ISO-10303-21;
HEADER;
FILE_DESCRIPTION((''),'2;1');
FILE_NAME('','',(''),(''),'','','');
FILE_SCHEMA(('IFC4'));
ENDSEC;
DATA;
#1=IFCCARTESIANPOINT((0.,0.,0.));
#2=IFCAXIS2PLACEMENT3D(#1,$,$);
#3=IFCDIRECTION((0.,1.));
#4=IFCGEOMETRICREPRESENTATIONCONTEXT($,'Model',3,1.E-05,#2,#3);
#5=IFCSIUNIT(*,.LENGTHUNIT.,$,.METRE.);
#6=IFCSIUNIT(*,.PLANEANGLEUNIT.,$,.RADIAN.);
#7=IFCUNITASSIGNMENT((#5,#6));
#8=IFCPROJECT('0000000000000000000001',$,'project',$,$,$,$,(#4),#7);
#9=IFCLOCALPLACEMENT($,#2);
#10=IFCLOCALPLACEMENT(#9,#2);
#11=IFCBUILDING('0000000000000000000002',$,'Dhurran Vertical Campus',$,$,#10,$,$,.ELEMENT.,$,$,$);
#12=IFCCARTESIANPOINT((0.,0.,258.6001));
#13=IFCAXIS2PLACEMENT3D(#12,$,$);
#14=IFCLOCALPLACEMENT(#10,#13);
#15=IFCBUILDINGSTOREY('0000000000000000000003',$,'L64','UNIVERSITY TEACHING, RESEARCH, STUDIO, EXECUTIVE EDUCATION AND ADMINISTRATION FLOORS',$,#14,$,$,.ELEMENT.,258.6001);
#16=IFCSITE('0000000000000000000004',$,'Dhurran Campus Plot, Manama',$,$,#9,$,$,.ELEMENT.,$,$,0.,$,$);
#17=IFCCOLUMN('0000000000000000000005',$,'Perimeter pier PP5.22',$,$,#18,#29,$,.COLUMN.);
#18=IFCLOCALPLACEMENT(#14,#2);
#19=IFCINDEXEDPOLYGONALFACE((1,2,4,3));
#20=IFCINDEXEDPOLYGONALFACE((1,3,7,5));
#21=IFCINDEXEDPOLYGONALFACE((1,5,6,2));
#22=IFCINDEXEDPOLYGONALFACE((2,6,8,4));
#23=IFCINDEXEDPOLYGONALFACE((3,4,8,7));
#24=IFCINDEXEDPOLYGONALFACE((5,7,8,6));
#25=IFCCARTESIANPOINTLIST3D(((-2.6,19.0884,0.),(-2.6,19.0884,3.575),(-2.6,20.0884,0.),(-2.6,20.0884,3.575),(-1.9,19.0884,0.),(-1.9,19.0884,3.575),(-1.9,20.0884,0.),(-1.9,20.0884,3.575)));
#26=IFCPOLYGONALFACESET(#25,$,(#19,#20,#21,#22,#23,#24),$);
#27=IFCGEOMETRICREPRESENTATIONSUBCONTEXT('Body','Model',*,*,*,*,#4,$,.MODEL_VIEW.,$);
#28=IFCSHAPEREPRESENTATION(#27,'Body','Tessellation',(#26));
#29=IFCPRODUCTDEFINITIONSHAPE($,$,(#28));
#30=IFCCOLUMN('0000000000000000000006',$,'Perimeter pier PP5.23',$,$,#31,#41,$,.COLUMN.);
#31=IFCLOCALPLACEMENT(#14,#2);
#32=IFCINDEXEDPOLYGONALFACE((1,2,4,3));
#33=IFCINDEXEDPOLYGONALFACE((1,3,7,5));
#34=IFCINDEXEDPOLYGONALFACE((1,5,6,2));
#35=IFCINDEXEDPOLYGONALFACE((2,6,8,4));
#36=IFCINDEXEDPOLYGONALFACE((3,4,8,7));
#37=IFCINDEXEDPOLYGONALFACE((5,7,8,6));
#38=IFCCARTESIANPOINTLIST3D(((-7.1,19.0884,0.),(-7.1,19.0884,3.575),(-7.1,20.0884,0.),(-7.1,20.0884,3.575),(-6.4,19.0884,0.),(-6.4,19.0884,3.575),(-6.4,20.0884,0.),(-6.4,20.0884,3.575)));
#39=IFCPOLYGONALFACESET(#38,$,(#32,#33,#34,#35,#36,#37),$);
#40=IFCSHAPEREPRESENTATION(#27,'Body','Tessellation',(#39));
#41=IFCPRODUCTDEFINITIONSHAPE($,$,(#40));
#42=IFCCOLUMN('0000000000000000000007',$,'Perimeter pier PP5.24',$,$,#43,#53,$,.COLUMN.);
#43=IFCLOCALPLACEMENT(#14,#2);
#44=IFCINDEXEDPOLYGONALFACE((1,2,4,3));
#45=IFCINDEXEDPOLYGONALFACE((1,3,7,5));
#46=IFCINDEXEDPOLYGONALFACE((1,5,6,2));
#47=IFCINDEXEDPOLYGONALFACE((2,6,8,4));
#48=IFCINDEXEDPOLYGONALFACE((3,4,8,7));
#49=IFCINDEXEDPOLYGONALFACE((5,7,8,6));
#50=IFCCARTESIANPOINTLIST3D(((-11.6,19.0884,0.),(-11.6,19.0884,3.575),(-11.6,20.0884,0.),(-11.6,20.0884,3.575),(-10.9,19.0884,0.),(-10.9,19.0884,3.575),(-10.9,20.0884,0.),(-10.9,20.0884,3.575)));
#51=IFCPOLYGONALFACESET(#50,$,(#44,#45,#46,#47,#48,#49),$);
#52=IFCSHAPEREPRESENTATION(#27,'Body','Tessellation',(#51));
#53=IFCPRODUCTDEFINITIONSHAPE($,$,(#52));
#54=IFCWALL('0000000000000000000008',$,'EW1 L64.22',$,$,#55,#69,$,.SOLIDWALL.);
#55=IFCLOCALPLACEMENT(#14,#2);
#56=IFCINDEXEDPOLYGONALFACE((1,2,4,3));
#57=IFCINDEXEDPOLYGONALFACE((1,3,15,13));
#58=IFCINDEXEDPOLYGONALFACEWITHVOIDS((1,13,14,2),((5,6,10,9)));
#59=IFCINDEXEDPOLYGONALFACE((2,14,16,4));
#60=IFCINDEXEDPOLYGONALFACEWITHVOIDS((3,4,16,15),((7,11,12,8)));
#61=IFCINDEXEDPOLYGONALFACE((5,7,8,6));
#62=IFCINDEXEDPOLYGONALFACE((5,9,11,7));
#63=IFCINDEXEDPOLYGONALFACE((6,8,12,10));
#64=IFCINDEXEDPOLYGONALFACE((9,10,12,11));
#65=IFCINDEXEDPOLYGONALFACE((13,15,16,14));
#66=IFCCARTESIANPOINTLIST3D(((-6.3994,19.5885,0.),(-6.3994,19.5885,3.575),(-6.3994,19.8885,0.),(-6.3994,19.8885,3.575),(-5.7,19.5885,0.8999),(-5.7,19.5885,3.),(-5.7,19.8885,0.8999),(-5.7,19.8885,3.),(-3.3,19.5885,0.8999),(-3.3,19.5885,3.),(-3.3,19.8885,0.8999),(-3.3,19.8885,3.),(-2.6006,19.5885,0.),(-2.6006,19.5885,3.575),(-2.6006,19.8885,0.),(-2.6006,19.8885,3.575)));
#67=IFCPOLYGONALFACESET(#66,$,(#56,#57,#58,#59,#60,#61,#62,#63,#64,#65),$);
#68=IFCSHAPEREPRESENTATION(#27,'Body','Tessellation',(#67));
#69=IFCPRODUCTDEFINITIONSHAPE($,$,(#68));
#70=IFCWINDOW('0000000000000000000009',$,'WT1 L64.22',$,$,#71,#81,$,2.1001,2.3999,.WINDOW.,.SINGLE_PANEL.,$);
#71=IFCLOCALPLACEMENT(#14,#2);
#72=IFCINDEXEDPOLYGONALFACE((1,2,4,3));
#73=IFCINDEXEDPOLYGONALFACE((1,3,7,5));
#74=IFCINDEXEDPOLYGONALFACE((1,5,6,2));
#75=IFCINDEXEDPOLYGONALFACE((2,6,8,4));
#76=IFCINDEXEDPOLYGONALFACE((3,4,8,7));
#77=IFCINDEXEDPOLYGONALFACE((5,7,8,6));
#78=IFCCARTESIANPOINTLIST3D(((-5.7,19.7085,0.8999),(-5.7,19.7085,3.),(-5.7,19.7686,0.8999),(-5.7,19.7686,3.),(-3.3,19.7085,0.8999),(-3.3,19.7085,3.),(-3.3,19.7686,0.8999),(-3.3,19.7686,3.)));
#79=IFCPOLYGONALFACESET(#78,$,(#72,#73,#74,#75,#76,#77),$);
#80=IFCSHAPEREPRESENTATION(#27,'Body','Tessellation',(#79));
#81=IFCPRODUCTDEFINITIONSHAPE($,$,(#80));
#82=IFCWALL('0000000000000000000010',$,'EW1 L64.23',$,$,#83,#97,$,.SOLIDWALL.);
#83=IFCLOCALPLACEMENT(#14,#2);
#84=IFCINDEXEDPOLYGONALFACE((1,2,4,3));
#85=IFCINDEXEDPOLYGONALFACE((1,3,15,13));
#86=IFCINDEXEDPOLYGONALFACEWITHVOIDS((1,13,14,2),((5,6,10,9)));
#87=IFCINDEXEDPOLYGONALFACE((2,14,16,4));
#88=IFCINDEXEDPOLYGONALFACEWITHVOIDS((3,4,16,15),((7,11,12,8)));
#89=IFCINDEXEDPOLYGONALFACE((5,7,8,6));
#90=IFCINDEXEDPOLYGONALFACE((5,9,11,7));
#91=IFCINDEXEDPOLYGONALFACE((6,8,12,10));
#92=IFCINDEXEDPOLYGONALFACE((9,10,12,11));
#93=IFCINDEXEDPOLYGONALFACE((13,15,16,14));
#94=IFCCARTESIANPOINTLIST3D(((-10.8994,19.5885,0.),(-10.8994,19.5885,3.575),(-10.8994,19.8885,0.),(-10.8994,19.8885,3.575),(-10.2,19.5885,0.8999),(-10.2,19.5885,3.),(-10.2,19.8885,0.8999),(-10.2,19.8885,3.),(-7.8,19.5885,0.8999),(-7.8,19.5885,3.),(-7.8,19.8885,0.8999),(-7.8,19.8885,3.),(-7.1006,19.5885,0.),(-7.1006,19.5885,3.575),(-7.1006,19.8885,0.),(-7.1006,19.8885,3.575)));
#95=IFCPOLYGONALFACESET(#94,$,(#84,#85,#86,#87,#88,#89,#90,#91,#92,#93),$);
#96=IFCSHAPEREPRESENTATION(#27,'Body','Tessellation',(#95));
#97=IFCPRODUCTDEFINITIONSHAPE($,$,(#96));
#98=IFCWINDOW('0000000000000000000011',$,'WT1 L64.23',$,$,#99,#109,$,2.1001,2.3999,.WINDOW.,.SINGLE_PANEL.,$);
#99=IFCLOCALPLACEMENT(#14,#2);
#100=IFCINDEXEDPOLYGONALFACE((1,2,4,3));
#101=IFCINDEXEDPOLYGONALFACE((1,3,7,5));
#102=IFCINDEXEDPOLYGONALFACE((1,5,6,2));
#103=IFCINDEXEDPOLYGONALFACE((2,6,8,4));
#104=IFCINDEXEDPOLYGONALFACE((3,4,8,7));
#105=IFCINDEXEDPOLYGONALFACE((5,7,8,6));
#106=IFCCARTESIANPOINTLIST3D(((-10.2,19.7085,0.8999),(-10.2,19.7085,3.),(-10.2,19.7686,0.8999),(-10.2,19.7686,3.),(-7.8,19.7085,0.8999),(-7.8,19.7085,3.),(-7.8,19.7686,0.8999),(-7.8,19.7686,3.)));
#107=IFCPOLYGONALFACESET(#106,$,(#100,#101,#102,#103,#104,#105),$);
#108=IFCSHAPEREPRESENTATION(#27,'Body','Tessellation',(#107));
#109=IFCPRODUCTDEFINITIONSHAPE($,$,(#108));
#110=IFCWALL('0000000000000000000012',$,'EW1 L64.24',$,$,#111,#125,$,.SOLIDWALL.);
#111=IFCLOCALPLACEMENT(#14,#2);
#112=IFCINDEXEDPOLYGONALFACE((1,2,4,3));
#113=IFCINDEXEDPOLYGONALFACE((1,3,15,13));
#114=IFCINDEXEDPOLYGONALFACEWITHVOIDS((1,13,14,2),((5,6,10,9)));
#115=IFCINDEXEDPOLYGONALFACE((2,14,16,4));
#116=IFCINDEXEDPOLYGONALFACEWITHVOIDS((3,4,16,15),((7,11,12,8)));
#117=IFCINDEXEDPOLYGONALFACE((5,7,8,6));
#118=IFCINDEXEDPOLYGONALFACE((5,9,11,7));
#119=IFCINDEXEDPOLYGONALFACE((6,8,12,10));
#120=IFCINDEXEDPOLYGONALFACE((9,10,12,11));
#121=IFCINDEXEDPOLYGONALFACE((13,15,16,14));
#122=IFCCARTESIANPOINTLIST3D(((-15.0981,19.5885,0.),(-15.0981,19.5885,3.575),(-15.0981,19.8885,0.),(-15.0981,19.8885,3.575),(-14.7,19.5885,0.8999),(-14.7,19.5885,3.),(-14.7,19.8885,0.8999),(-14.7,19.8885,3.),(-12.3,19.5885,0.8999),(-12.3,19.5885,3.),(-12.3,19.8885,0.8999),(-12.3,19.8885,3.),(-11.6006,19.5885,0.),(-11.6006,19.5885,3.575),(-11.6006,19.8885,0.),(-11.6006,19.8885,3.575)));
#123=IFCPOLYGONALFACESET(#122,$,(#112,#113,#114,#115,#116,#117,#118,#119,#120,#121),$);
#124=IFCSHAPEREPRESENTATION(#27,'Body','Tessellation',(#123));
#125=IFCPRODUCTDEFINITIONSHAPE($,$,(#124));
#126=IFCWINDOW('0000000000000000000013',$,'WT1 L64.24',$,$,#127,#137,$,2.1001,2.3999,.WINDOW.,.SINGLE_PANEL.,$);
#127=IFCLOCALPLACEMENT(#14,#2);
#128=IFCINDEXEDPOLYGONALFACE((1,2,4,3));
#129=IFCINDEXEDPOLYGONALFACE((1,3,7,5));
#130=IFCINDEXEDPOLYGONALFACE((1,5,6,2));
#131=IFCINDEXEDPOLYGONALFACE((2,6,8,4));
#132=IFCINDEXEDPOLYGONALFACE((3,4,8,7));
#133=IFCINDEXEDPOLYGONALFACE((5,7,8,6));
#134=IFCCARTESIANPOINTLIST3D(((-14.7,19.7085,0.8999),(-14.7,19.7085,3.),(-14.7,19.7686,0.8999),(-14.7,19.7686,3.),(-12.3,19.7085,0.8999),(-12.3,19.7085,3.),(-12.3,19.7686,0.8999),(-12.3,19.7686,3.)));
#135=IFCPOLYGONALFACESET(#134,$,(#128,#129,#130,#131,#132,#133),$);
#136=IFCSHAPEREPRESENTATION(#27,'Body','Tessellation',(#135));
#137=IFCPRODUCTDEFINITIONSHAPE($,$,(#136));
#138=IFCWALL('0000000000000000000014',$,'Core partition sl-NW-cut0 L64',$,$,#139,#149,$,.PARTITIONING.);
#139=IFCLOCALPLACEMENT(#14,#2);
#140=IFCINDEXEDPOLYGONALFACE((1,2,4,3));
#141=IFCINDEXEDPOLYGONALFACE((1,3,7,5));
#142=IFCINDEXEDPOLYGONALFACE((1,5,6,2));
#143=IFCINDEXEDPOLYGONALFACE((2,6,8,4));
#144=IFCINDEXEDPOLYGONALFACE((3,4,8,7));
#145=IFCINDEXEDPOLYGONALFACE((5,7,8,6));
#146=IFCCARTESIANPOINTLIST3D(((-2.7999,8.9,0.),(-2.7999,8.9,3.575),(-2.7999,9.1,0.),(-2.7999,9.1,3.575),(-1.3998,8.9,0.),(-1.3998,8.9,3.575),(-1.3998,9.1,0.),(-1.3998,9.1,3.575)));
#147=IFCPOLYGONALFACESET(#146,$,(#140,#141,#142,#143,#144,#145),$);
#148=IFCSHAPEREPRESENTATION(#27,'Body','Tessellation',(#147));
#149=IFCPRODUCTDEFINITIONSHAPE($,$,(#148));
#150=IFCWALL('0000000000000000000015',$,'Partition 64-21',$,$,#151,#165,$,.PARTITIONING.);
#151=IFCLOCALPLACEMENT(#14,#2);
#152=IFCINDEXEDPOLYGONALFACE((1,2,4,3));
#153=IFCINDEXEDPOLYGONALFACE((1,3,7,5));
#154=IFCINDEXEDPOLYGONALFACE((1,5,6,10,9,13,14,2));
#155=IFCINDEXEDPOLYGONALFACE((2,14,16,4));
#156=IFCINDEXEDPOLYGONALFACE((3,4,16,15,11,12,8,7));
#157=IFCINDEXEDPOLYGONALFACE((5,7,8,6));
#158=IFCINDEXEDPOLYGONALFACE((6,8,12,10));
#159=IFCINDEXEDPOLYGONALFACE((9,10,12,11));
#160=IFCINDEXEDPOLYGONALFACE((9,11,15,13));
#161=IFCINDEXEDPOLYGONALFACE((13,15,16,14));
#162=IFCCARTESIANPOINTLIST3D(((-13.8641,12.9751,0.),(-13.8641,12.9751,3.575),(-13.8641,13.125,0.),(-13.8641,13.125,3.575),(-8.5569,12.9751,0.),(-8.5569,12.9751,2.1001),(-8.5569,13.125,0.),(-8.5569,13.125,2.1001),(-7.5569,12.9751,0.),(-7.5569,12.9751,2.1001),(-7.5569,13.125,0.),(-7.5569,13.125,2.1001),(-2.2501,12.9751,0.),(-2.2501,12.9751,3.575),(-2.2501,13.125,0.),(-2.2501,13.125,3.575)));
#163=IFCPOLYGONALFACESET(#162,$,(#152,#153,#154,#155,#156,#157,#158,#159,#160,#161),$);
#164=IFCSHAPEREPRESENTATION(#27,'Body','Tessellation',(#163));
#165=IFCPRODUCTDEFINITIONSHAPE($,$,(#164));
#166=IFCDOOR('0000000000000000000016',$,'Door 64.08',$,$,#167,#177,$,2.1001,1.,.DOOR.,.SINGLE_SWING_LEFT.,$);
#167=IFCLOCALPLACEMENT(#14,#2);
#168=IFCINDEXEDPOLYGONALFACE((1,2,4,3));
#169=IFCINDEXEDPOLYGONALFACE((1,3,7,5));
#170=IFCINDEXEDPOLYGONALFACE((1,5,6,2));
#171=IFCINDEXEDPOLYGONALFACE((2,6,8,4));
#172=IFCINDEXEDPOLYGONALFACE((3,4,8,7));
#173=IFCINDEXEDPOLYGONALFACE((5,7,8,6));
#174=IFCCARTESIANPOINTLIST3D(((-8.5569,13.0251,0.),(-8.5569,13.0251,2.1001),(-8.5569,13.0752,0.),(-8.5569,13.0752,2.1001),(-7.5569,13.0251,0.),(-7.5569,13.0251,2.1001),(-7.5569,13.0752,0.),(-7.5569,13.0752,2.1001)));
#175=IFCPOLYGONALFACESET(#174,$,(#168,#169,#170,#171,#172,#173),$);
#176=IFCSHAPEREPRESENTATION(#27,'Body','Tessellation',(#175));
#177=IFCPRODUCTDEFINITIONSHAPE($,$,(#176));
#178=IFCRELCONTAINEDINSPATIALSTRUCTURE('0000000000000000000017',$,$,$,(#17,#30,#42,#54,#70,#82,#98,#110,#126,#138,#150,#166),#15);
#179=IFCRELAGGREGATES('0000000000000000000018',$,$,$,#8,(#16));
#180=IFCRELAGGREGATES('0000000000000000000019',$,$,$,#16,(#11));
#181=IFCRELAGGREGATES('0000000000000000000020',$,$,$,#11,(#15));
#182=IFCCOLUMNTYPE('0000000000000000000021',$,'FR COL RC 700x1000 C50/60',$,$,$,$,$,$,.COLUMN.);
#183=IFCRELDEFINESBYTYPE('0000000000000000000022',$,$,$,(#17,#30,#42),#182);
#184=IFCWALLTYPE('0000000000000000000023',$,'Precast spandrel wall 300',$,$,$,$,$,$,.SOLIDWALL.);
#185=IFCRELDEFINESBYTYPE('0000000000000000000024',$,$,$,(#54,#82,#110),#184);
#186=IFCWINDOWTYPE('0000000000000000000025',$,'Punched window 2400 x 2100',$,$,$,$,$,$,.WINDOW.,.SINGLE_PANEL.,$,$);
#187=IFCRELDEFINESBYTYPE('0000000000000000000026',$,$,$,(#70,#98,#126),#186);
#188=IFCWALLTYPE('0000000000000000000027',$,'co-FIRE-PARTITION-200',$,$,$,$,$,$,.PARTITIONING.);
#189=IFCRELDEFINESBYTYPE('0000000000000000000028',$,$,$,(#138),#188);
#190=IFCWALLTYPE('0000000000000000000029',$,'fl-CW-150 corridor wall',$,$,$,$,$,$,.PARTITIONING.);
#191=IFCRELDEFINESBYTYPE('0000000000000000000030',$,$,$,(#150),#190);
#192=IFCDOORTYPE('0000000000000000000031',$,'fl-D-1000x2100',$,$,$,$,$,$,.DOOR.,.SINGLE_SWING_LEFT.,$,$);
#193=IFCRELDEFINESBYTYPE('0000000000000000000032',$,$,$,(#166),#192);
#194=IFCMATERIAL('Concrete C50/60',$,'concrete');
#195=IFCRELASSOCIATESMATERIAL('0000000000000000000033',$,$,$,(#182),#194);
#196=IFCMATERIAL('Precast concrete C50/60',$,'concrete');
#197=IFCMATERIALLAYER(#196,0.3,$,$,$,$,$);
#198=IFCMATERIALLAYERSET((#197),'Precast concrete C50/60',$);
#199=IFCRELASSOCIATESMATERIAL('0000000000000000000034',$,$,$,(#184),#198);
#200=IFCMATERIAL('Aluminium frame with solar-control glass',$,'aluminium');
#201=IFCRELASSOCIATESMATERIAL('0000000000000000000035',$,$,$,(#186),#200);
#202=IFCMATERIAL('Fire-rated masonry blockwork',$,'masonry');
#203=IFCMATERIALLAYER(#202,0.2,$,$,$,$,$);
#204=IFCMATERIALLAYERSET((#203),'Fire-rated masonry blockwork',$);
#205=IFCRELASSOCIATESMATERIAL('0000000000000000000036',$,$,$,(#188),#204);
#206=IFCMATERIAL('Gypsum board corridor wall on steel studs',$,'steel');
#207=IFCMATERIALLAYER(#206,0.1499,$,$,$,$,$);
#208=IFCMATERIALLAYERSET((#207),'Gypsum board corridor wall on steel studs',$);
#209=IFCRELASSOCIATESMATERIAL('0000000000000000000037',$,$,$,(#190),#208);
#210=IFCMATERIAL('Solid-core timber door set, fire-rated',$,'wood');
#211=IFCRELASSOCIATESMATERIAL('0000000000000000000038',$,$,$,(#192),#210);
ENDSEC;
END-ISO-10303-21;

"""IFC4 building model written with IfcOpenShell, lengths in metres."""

from ifc_helpers import new_model, si_unit, direction, frame, frame_2d, origin, origin_2d, place, context, subcontext, project, spatial, rectangle, extrude, material, layer, layer_set, material_profile, profile_set, type_object, element, fill, save


model = new_model("IFC4")

# Units and contexts
model_context = context("Model", 3, precision=1e-05, world=origin(), true_north=direction((0.0, 1.0)))
body_context = subcontext(model_context, "Body", "Model", "MODEL_VIEW")
ifc_project = project(units=[si_unit("LENGTHUNIT", "METRE"), si_unit("PLANEANGLEUNIT", "RADIAN")], contexts=[model_context])

# Site, building, storey
site_placement = place(None, origin())
site = spatial("IfcSite", under=ifc_project, at=site_placement, Name="Dhurran Campus Plot, Manama", CompositionType="ELEMENT", RefElevation=0.0)
building_placement = place(site_placement, origin())
building = spatial("IfcBuilding", under=site, at=building_placement, Name="Dhurran Vertical Campus", CompositionType="ELEMENT")
storey_placement = place(building_placement, frame((0.0, 0.0, 258.6001)))
storey = spatial("IfcBuildingStorey", under=building, at=storey_placement, Name="L64", Description="UNIVERSITY TEACHING, RESEARCH, STUDIO, EXECUTIVE EDUCATION AND ADMINISTRATION FLOORS", CompositionType="ELEMENT", Elevation=258.6001)

# Columns
ifc_material_1 = material(Name="Concrete C50/60", Category="concrete")
ifc_material_profile = material_profile(ifc_material_1, rectangle(XDim=0.7, YDim=1.0, at=origin_2d()), Name="RC 700x1000")
ifc_profile_set = profile_set([ifc_material_profile], Name="Concrete C50/60")
column_type = type_object("IfcColumnType", Name="FR COL RC 700x1000 C50/60", PredefinedType="COLUMN", material=ifc_profile_set)
for number, where, z_axis, x_axis, name in (
    (1, (-2.25, 19.5884, 0.0), (0.0, 0.0, 1.0), (-1.0, 0.0, 0.0), "Perimeter pier PP5.22"),
    (2, (-6.75, 19.5884, 0.0), (0.0, 0.0, 1.0), (-1.0, 0.0, 0.0), "Perimeter pier PP5.23"),
    (3, (-11.25, 19.5884, 0.0), (0.0, 0.0, 1.0), (-1.0, 0.0, 0.0), "Perimeter pier PP5.24"),
):
    element("IfcColumn", number, at=place(storey_placement, frame(where, z_axis=z_axis, x_axis=x_axis)), inside=storey, type_object=column_type, Name=name, PredefinedType="COLUMN", context=body_context, shape_type="SweptSolid", body=[
        extrude(rectangle(XDim=0.7, YDim=1.0, at=origin_2d()), origin(), (0.0, 0.0, 1.0), 3.575),
    ])

# Walls, openings, windows
ifc_material_2 = material(Name="Precast concrete C50/60", Category="concrete")
ifc_layer_1 = layer(ifc_material_2, 0.3)
ifc_layer_set_1 = layer_set([ifc_layer_1], Name="Precast concrete C50/60")
wall_type_1 = type_object("IfcWallType", Name="Precast spandrel wall 300", PredefinedType="SOLIDWALL", material=ifc_layer_set_1)
wall_1_placement = place(storey_placement, frame((-2.6006, 19.7385, 0.0), z_axis=(0.0, 0.0, 1.0), x_axis=(-1.0, 0.0, 0.0)))
wall_1 = element("IfcWall", 4, at=wall_1_placement, inside=storey, type_object=wall_type_1, Name="EW1 L64.22", PredefinedType="SOLIDWALL", context=body_context, shape_type="SweptSolid", body=[
    extrude(rectangle(XDim=3.7988, YDim=0.3, at=frame_2d((1.8994, 0.0))), origin(), (0.0, 0.0, 1.0), 3.575),
])
opening_1_placement = place(wall_1_placement, frame((0.6995, 0.0, 0.8999)))
opening_1 = element("IfcOpeningElement", 5, at=opening_1_placement, cuts=wall_1, PredefinedType="OPENING", context=body_context, shape_type="SweptSolid", body=[
    extrude(rectangle(XDim=2.3999, YDim=2.1001, at=frame_2d((1.2, 1.05))), frame((0.0, 0.1599, 0.0), z_axis=(0.0, -1.0, 0.0), x_axis=(1.0, 0.0, 0.0)), (0.0, 0.0, 1.0), 0.3201),
])
ifc_material_3 = material(Name="Aluminium frame with solar-control glass", Category="aluminium")
window_type = type_object("IfcWindowType", Name="Punched window 2400 x 2100", PartitioningType="SINGLE_PANEL", PredefinedType="WINDOW", material=ifc_material_3)
window_1_placement = place(opening_1_placement, origin())
window_1 = element("IfcWindow", 6, at=window_1_placement, inside=storey, type_object=window_type, Name="WT1 L64.22", OverallHeight=2.1001, OverallWidth=2.3999, PartitioningType="SINGLE_PANEL", PredefinedType="WINDOW", context=body_context, shape_type="SweptSolid", body=[
    extrude(rectangle(XDim=2.3999, YDim=2.1001, at=frame_2d((1.2, 1.05))), frame((0.0, 0.03, 0.0), z_axis=(0.0, -1.0, 0.0), x_axis=(1.0, 0.0, 0.0)), (0.0, 0.0, 1.0), 0.0601),
])
fill(opening_1, window_1)
wall_2_placement = place(storey_placement, frame((-7.1006, 19.7385, 0.0), z_axis=(0.0, 0.0, 1.0), x_axis=(-1.0, 0.0, 0.0)))
wall_2 = element("IfcWall", 7, at=wall_2_placement, inside=storey, type_object=wall_type_1, Name="EW1 L64.23", PredefinedType="SOLIDWALL", context=body_context, shape_type="SweptSolid", body=[
    extrude(rectangle(XDim=3.7988, YDim=0.3, at=frame_2d((1.8994, 0.0))), origin(), (0.0, 0.0, 1.0), 3.575),
])
opening_2_placement = place(wall_2_placement, frame((0.6995, 0.0, 0.8999)))
opening_2 = element("IfcOpeningElement", 8, at=opening_2_placement, cuts=wall_2, PredefinedType="OPENING", context=body_context, shape_type="SweptSolid", body=[
    extrude(rectangle(XDim=2.3999, YDim=2.1001, at=frame_2d((1.2, 1.05))), frame((0.0, 0.1599, 0.0), z_axis=(0.0, -1.0, 0.0), x_axis=(1.0, 0.0, 0.0)), (0.0, 0.0, 1.0), 0.3201),
])
window_2_placement = place(opening_2_placement, origin())
window_2 = element("IfcWindow", 9, at=window_2_placement, inside=storey, type_object=window_type, Name="WT1 L64.23", OverallHeight=2.1001, OverallWidth=2.3999, PartitioningType="SINGLE_PANEL", PredefinedType="WINDOW", context=body_context, shape_type="SweptSolid", body=[
    extrude(rectangle(XDim=2.3999, YDim=2.1001, at=frame_2d((1.2, 1.05))), frame((0.0, 0.03, 0.0), z_axis=(0.0, -1.0, 0.0), x_axis=(1.0, 0.0, 0.0)), (0.0, 0.0, 1.0), 0.0601),
])
fill(opening_2, window_2)
wall_3_placement = place(storey_placement, frame((-11.6006, 19.7385, 0.0), z_axis=(0.0, 0.0, 1.0), x_axis=(-1.0, 0.0, 0.0)))
wall_3 = element("IfcWall", 10, at=wall_3_placement, inside=storey, type_object=wall_type_1, Name="EW1 L64.24", PredefinedType="SOLIDWALL", context=body_context, shape_type="SweptSolid", body=[
    extrude(rectangle(XDim=3.4976, YDim=0.3, at=frame_2d((1.7488, 0.0))), origin(), (0.0, 0.0, 1.0), 3.575),
])
opening_3_placement = place(wall_3_placement, frame((0.6995, 0.0, 0.8999)))
opening_3 = element("IfcOpeningElement", 11, at=opening_3_placement, cuts=wall_3, PredefinedType="OPENING", context=body_context, shape_type="SweptSolid", body=[
    extrude(rectangle(XDim=2.3999, YDim=2.1001, at=frame_2d((1.2, 1.05))), frame((0.0, 0.1599, 0.0), z_axis=(0.0, -1.0, 0.0), x_axis=(1.0, 0.0, 0.0)), (0.0, 0.0, 1.0), 0.3201),
])
window_3_placement = place(opening_3_placement, origin())
window_3 = element("IfcWindow", 12, at=window_3_placement, inside=storey, type_object=window_type, Name="WT1 L64.24", OverallHeight=2.1001, OverallWidth=2.3999, PartitioningType="SINGLE_PANEL", PredefinedType="WINDOW", context=body_context, shape_type="SweptSolid", body=[
    extrude(rectangle(XDim=2.3999, YDim=2.1001, at=frame_2d((1.2, 1.05))), frame((0.0, 0.03, 0.0), z_axis=(0.0, -1.0, 0.0), x_axis=(1.0, 0.0, 0.0)), (0.0, 0.0, 1.0), 0.0601),
])
fill(opening_3, window_3)

# Wall
ifc_material_4 = material(Name="Fire-rated masonry blockwork", Category="masonry")
ifc_layer_2 = layer(ifc_material_4, 0.2)
ifc_layer_set_2 = layer_set([ifc_layer_2], Name="Fire-rated masonry blockwork")
wall_type_2 = type_object("IfcWallType", Name="co-FIRE-PARTITION-200", PredefinedType="PARTITIONING", material=ifc_layer_set_2)
wall_4_placement = place(storey_placement, frame((-2.8, 9.0, 0.0), z_axis=(0.0, 0.0, 1.0), x_axis=(1.0, 0.0, 0.0)))
element("IfcWall", 13, at=wall_4_placement, inside=storey, type_object=wall_type_2, Name="Core partition sl-NW-cut0 L64", PredefinedType="PARTITIONING", context=body_context, shape_type="SweptSolid", body=[
    extrude(rectangle(XDim=1.4001, YDim=0.2, at=frame_2d((0.7002, 0.0))), origin(), (0.0, 0.0, 1.0), 3.575),
])

# Wall, opening, door
ifc_material_5 = material(Name="Gypsum board corridor wall on steel studs", Category="steel")
ifc_layer_3 = layer(ifc_material_5, 0.1499)
ifc_layer_set_3 = layer_set([ifc_layer_3], Name="Gypsum board corridor wall on steel studs")
wall_type_3 = type_object("IfcWallType", Name="fl-CW-150 corridor wall", PredefinedType="PARTITIONING", material=ifc_layer_set_3)
wall_5_placement = place(storey_placement, frame((-2.25, 13.05, 0.0), z_axis=(0.0, 0.0, 1.0), x_axis=(-1.0, 0.0, 0.0)))
wall_5 = element("IfcWall", 14, at=wall_5_placement, inside=storey, type_object=wall_type_3, Name="Partition 64-21", PredefinedType="PARTITIONING", context=body_context, shape_type="SweptSolid", body=[
    extrude(rectangle(XDim=11.614, YDim=0.1499, at=frame_2d((5.8071, 0.0))), origin(), (0.0, 0.0, 1.0), 3.575),
])
opening_4_placement = place(wall_5_placement, frame((5.3069, 0.0, 0.0)))
opening_4 = element("IfcOpeningElement", 15, at=opening_4_placement, cuts=wall_5, PredefinedType="OPENING", context=body_context, shape_type="SweptSolid", body=[
    extrude(rectangle(XDim=1.0, YDim=2.1001, at=frame_2d((0.5, 1.05))), frame((0.0, 0.085, 0.0), z_axis=(0.0, -1.0, 0.0), x_axis=(1.0, 0.0, 0.0)), (0.0, 0.0, 1.0), 0.1699),
])
ifc_material_6 = material(Name="Solid-core timber door set, fire-rated", Category="wood")
door_type = type_object("IfcDoorType", Name="fl-D-1000x2100", OperationType="SINGLE_SWING_LEFT", PredefinedType="DOOR", material=ifc_material_6)
door_placement = place(opening_4_placement, origin())
door = element("IfcDoor", 16, at=door_placement, inside=storey, type_object=door_type, Name="Door 64.08", OperationType="SINGLE_SWING_LEFT", OverallHeight=2.1001, OverallWidth=1.0, PredefinedType="DOOR", context=body_context, shape_type="SweptSolid", body=[
    extrude(rectangle(XDim=1.0, YDim=2.1001, at=frame_2d((0.5, 1.05))), frame((0.0, 0.0249, 0.0), z_axis=(0.0, -1.0, 0.0), x_axis=(1.0, 0.0, 0.0)), (0.0, 0.0, 1.0), 0.05),
])
fill(opening_4, door)

save(model, "model.ifc")
